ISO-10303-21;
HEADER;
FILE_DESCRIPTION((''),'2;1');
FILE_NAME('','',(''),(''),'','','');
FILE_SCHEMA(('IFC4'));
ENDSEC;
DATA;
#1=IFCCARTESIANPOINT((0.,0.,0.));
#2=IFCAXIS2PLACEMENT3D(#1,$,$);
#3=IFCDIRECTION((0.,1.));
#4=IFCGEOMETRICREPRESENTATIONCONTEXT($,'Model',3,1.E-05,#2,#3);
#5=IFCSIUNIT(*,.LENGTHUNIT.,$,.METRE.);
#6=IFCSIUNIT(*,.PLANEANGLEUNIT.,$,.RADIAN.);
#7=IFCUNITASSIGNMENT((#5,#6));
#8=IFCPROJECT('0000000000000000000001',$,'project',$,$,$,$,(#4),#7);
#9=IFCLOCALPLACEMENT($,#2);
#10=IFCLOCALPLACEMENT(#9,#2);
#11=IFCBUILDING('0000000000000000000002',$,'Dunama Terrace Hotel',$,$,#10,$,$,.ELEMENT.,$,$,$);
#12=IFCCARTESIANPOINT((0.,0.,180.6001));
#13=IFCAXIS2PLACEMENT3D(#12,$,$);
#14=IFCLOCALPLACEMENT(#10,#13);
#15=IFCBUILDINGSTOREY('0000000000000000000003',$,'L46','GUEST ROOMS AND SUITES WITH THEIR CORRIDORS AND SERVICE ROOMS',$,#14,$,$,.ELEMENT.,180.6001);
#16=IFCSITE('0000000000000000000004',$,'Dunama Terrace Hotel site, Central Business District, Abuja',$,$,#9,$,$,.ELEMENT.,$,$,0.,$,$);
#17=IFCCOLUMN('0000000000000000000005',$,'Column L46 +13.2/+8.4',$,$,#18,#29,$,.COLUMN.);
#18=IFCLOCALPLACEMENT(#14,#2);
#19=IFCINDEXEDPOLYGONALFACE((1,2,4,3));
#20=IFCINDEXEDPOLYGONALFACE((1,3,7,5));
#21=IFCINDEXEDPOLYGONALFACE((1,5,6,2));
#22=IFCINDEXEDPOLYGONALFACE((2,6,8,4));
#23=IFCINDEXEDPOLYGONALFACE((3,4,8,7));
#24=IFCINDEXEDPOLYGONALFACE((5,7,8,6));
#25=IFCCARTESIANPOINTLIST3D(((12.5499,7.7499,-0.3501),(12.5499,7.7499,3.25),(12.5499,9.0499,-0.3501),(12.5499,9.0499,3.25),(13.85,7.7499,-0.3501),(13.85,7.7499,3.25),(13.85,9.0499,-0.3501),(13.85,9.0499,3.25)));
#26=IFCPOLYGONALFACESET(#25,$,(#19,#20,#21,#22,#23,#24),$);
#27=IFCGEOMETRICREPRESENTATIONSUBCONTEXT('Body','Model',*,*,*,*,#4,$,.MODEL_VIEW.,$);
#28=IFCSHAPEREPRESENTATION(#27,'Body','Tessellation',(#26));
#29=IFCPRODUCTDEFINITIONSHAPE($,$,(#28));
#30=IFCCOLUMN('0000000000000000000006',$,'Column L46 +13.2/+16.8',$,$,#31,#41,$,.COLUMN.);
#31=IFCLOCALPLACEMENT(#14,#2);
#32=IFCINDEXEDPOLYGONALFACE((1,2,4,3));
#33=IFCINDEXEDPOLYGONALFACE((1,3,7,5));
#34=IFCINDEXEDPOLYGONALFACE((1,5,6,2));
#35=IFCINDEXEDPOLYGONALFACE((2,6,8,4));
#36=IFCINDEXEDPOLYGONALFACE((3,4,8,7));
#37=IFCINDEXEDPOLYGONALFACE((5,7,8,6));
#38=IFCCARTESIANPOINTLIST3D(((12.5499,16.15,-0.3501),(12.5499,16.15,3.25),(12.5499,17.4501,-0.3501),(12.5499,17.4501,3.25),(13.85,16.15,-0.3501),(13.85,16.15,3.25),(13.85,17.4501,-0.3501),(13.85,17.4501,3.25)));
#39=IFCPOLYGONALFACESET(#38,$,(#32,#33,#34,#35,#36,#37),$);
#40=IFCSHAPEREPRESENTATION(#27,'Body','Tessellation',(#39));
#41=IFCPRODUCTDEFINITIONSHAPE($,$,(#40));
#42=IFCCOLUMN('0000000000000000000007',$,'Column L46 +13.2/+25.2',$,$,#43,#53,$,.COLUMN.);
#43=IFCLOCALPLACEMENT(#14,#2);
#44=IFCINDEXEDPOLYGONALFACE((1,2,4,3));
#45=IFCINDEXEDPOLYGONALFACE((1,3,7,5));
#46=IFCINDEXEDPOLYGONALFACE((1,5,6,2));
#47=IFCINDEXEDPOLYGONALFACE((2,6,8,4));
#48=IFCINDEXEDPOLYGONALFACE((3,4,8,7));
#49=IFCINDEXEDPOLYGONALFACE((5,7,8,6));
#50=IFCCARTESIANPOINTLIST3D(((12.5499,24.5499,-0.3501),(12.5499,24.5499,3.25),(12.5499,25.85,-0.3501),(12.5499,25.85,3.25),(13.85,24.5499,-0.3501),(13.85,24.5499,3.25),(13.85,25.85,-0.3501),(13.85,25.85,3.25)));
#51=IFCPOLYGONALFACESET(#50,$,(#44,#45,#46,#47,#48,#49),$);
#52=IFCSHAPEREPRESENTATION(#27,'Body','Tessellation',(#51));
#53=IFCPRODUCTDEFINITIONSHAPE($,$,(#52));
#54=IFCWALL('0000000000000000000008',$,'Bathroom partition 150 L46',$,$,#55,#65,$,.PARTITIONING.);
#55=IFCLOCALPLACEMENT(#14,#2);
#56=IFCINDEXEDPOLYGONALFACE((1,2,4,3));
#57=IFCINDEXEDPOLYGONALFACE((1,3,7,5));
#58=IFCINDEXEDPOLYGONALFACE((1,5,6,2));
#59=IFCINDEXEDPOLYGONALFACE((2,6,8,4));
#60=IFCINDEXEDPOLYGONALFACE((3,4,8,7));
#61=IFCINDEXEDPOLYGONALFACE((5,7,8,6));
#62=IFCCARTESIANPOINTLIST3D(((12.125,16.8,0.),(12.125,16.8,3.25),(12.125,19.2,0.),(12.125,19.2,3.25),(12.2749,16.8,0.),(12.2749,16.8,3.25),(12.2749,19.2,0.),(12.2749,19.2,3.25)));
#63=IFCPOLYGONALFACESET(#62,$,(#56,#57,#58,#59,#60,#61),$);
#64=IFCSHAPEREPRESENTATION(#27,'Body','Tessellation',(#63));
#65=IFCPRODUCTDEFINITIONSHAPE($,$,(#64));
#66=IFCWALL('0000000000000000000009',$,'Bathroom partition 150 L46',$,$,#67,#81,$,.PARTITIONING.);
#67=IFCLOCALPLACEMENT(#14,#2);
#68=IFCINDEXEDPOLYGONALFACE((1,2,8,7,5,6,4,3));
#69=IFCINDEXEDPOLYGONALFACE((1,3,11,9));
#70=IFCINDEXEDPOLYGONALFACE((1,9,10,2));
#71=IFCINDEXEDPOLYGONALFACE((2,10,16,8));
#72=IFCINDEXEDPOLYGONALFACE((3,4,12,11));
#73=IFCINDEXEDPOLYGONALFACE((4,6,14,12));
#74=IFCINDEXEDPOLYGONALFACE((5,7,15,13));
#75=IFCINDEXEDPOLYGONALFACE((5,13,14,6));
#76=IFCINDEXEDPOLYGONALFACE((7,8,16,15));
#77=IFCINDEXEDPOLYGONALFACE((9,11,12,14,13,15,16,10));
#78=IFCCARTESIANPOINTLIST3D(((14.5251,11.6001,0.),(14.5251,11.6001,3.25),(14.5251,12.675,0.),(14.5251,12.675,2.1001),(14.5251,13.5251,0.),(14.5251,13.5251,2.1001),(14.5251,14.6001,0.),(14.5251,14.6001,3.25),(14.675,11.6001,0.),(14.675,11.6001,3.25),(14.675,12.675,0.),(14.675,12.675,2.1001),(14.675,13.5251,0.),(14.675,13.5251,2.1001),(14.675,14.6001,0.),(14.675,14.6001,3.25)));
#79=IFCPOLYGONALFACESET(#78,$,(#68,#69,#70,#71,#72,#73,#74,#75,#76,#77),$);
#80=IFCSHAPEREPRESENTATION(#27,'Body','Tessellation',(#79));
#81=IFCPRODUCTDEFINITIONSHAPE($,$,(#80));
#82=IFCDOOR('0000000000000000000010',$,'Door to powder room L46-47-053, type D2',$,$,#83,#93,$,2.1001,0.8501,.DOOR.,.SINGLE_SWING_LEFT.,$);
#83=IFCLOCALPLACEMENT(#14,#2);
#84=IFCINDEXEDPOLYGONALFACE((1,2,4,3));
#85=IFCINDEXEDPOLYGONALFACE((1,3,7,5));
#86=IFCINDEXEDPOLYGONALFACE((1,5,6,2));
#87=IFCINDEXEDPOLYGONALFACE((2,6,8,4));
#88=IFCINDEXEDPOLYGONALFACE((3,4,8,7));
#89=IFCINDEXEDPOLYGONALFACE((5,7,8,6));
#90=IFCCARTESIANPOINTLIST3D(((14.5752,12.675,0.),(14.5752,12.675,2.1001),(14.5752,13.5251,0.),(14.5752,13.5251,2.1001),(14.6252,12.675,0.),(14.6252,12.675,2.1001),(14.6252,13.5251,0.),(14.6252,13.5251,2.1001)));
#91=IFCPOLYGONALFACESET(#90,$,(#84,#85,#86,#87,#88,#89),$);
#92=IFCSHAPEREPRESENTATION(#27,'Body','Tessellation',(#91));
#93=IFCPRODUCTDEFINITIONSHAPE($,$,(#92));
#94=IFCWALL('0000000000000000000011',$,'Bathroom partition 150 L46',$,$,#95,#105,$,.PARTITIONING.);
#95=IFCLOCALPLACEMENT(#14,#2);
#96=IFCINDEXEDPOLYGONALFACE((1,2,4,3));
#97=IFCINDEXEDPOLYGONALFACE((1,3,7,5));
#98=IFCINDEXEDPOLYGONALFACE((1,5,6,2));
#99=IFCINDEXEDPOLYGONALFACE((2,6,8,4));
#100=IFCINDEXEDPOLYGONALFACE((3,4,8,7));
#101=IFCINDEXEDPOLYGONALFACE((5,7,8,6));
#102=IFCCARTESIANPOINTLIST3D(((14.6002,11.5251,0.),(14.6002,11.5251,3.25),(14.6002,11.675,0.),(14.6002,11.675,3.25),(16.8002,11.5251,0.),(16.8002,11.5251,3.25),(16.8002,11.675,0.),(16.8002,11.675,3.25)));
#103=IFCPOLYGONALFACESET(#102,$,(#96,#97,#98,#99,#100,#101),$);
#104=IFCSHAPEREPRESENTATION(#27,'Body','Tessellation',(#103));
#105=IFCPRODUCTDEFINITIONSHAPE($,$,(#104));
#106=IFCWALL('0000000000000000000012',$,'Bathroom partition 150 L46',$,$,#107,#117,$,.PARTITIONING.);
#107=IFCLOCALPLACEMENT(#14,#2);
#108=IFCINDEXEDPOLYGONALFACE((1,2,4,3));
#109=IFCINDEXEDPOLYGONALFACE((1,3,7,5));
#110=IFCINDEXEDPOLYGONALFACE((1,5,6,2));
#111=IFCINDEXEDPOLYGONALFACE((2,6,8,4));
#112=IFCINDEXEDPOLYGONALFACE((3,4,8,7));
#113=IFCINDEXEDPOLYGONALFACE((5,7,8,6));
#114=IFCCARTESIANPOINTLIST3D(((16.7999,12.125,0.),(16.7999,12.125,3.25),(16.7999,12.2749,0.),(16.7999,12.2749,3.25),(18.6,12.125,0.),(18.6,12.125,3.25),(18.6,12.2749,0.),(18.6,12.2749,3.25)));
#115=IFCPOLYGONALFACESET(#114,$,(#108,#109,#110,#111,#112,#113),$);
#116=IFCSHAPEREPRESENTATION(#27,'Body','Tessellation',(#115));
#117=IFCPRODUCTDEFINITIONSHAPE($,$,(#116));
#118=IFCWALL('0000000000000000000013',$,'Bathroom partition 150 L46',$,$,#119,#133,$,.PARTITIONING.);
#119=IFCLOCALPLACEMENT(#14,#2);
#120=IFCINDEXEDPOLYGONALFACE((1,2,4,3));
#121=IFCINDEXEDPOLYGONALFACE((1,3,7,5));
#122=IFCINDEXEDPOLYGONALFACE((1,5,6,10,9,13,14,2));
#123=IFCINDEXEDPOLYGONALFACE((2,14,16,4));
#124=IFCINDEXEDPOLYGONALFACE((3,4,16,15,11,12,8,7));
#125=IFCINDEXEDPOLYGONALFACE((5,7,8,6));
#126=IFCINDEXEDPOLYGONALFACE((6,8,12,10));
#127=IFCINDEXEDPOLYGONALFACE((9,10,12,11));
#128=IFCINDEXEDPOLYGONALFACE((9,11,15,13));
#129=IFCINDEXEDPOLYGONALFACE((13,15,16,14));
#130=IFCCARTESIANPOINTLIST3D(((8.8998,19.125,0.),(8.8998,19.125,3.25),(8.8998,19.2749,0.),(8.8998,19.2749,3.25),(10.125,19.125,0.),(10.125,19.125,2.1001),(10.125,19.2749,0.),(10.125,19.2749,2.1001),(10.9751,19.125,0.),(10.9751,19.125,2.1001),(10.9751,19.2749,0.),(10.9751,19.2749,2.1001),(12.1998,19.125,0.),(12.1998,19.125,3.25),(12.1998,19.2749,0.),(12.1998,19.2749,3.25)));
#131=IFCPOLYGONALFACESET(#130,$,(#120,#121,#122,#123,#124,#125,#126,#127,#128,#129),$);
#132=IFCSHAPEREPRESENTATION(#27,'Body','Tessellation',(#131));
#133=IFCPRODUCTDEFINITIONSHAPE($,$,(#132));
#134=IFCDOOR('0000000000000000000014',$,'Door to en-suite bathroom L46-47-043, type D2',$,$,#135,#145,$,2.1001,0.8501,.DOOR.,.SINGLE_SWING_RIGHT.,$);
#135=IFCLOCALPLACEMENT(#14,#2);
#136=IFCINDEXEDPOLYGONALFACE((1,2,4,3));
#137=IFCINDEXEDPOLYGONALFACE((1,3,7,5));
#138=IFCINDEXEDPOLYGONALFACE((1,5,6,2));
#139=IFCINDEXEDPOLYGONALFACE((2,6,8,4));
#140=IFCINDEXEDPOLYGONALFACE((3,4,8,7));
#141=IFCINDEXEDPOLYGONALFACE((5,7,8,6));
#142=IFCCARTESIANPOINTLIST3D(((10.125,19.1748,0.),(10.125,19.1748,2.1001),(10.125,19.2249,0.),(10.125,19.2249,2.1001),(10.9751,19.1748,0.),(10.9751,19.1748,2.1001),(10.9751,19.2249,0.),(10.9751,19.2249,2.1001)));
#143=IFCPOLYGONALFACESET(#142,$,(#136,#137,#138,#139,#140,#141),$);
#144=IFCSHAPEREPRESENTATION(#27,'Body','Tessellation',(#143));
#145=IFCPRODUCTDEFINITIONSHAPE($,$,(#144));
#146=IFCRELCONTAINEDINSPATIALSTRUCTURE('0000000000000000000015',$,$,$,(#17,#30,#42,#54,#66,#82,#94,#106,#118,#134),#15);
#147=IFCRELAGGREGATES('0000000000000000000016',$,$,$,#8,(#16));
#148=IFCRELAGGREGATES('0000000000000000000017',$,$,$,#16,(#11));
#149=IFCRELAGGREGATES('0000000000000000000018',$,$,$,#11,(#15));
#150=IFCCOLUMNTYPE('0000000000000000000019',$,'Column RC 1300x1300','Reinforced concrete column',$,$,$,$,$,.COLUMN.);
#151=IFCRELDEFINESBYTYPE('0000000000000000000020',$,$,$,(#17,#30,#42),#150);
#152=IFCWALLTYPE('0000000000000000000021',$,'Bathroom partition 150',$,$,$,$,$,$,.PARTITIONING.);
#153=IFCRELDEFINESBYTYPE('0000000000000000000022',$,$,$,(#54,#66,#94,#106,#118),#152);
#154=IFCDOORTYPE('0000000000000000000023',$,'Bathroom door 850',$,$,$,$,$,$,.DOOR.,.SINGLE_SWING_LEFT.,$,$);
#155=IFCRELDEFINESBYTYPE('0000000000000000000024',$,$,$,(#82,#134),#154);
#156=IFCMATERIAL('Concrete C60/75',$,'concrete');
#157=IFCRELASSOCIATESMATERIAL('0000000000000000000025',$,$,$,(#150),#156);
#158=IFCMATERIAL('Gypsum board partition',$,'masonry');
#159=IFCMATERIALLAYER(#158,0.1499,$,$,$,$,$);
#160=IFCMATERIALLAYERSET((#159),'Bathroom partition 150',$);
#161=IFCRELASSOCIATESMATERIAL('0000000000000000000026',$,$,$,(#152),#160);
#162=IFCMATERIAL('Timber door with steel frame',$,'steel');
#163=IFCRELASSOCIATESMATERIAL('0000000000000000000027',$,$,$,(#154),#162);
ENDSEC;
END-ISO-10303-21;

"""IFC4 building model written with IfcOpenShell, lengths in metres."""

from ifc_helpers import new_model, si_unit, direction, frame, frame_2d, origin, origin_2d, place, context, subcontext, project, spatial, rectangle, extrude, material, layer, layer_set, material_profile, profile_set, type_object, element, fill, save


model = new_model("IFC4")

# Units and contexts
model_context = context("Model", 3, precision=1e-05, world=origin(), true_north=direction((0.0, 1.0)))
body_context = subcontext(model_context, "Body", "Model", "MODEL_VIEW")
ifc_project = project(units=[si_unit("LENGTHUNIT", "METRE"), si_unit("PLANEANGLEUNIT", "RADIAN")], contexts=[model_context])

# Site, building, storey
site_placement = place(None, origin())
site = spatial("IfcSite", under=ifc_project, at=site_placement, Name="Dunama Terrace Hotel site, Central Business District, Abuja", CompositionType="ELEMENT", RefElevation=0.0)
building_placement = place(site_placement, origin())
building = spatial("IfcBuilding", under=site, at=building_placement, Name="Dunama Terrace Hotel", CompositionType="ELEMENT")
storey_placement = place(building_placement, frame((0.0, 0.0, 180.6001)))
storey = spatial("IfcBuildingStorey", under=building, at=storey_placement, Name="L46", Description="GUEST ROOMS AND SUITES WITH THEIR CORRIDORS AND SERVICE ROOMS", CompositionType="ELEMENT", Elevation=180.6001)

# Columns
ifc_material_1 = material(Name="Concrete C60/75", Category="concrete")
ifc_material_profile = material_profile(ifc_material_1, rectangle(XDim=1.3, YDim=1.3, at=origin_2d()), Name="RC 1300x1300")
ifc_profile_set = profile_set([ifc_material_profile], Name="Concrete C60/75")
column_type = type_object("IfcColumnType", Name="Column RC 1300x1300", Description="Reinforced concrete column", PredefinedType="COLUMN", material=ifc_profile_set)
for number, where, z_axis, x_axis, name in (
    (1, (13.2, 8.3999, -0.3501), (0.0, 0.0, 1.0), (1.0, 0.0, 0.0), "Column L46 +13.2/+8.4"),
    (2, (13.2, 16.8, -0.3501), (0.0, 0.0, 1.0), (1.0, 0.0, 0.0), "Column L46 +13.2/+16.8"),
    (3, (13.2, 25.2, -0.3501), (0.0, 0.0, 1.0), (1.0, 0.0, 0.0), "Column L46 +13.2/+25.2"),
):
    element("IfcColumn", number, at=place(storey_placement, frame(where, z_axis=z_axis, x_axis=x_axis)), inside=storey, type_object=column_type, Name=name, PredefinedType="COLUMN", context=body_context, shape_type="SweptSolid", body=[
        extrude(rectangle(XDim=1.3, YDim=1.3, at=origin_2d()), origin(), (0.0, 0.0, 1.0), 3.6001),
    ])

# Wall
ifc_material_2 = material(Name="Gypsum board partition", Category="masonry")
ifc_layer_1 = layer(ifc_material_2, 0.1499)
ifc_layer_set_1 = layer_set([ifc_layer_1], Name="Bathroom partition 150")
wall_type_1 = type_object("IfcWallType", Name="Bathroom partition 150", PredefinedType="PARTITIONING", material=ifc_layer_set_1)
wall_1_placement = place(storey_placement, frame((12.2, 16.8, 0.0), z_axis=(0.0, 0.0, 1.0), x_axis=(0.0, 1.0, 0.0)))
element("IfcWall", 4, at=wall_1_placement, inside=storey, type_object=wall_type_1, Name="Bathroom partition 150 L46", PredefinedType="PARTITIONING", context=body_context, shape_type="SweptSolid", body=[
    extrude(rectangle(XDim=2.3999, YDim=0.1499, at=frame_2d((1.2, 0.0))), origin(), (0.0, 0.0, 1.0), 3.25),
])

# Wall, opening, door
wall_2_placement = place(storey_placement, frame((14.6001, 11.6001, 0.0), z_axis=(0.0, 0.0, 1.0), x_axis=(0.0, 1.0, 0.0)))
wall_2 = element("IfcWall", 5, at=wall_2_placement, inside=storey, type_object=wall_type_1, Name="Bathroom partition 150 L46", PredefinedType="PARTITIONING", context=body_context, shape_type="SweptSolid", body=[
    extrude(rectangle(XDim=3.0, YDim=0.1499, at=frame_2d((1.5, 0.0))), origin(), (0.0, 0.0, 1.0), 3.25),
])
opening_1_placement = place(wall_2_placement, frame((1.075, 0.0, 0.0)))
opening_1 = element("IfcOpeningElement", 6, at=opening_1_placement, cuts=wall_2, PredefinedType="OPENING", context=body_context, shape_type="SweptSolid", body=[
    extrude(rectangle(XDim=0.8501, YDim=2.1001, at=frame_2d((0.425, 1.05))), frame((0.0, 0.085, 0.0), z_axis=(0.0, -1.0, 0.0), x_axis=(1.0, 0.0, 0.0)), (0.0, 0.0, 1.0), 0.1699),
])
ifc_material_3 = material(Name="Timber door with steel frame", Category="steel")
door_type_1 = type_object("IfcDoorType", Name="Bathroom door 850", OperationType="SINGLE_SWING_LEFT", PredefinedType="DOOR", material=ifc_material_3)
door_1_placement = place(opening_1_placement, frame((0.8501, 0.0, 0.0), z_axis=(0.0, 0.0, 1.0), x_axis=(-1.0, 0.0, 0.0)))
door_1 = element("IfcDoor", 7, at=door_1_placement, inside=storey, type_object=door_type_1, Name="Door to powder room L46-47-053, type D2", OperationType="SINGLE_SWING_LEFT", OverallHeight=2.1001, OverallWidth=0.8501, PredefinedType="DOOR", context=body_context, shape_type="SweptSolid", body=[
    extrude(rectangle(XDim=0.8501, YDim=2.1001, at=frame_2d((0.425, 1.05))), frame((0.0, 0.0251, 0.0), z_axis=(0.0, -1.0, 0.0), x_axis=(1.0, 0.0, 0.0)), (0.0, 0.0, 1.0), 0.05),
])
fill(opening_1, door_1)

# Walls
wall_3_placement = place(storey_placement, frame((14.6001, 11.6001, 0.0), z_axis=(0.0, 0.0, 1.0), x_axis=(1.0, 0.0, 0.0)))
element("IfcWall", 8, at=wall_3_placement, inside=storey, type_object=wall_type_1, Name="Bathroom partition 150 L46", PredefinedType="PARTITIONING", context=body_context, shape_type="SweptSolid", body=[
    extrude(rectangle(XDim=2.2, YDim=0.1499, at=frame_2d((1.1001, 0.0))), origin(), (0.0, 0.0, 1.0), 3.25),
])
wall_4_placement = place(storey_placement, frame((16.8, 12.2, 0.0), z_axis=(0.0, 0.0, 1.0), x_axis=(1.0, 0.0, 0.0)))
element("IfcWall", 9, at=wall_4_placement, inside=storey, type_object=wall_type_1, Name="Bathroom partition 150 L46", PredefinedType="PARTITIONING", context=body_context, shape_type="SweptSolid", body=[
    extrude(rectangle(XDim=1.8, YDim=0.1499, at=frame_2d((0.8999, 0.0))), origin(), (0.0, 0.0, 1.0), 3.25),
])

# Wall, opening, door
wall_5_placement = place(storey_placement, frame((8.8999, 19.2, 0.0), z_axis=(0.0, 0.0, 1.0), x_axis=(1.0, 0.0, 0.0)))
wall_5 = element("IfcWall", 10, at=wall_5_placement, inside=storey, type_object=wall_type_1, Name="Bathroom partition 150 L46", PredefinedType="PARTITIONING", context=body_context, shape_type="SweptSolid", body=[
    extrude(rectangle(XDim=3.3, YDim=0.1499, at=frame_2d((1.6499, 0.0))), origin(), (0.0, 0.0, 1.0), 3.25),
])
opening_2_placement = place(wall_5_placement, frame((1.2251, 0.0, 0.0)))
opening_2 = element("IfcOpeningElement", 11, at=opening_2_placement, cuts=wall_5, PredefinedType="OPENING", context=body_context, shape_type="SweptSolid", body=[
    extrude(rectangle(XDim=0.8501, YDim=2.1001, at=frame_2d((0.425, 1.05))), frame((0.0, 0.085, 0.0), z_axis=(0.0, -1.0, 0.0), x_axis=(1.0, 0.0, 0.0)), (0.0, 0.0, 1.0), 0.1699),
])
door_2_placement = place(opening_2_placement, frame((0.8501, 0.0, 0.0), z_axis=(0.0, 0.0, 1.0), x_axis=(-1.0, 0.0, 0.0)))
door_2 = element("IfcDoor", 12, at=door_2_placement, inside=storey, type_object=door_type_1, Name="Door to en-suite bathroom L46-47-043, type D2", OperationType="SINGLE_SWING_RIGHT", OverallHeight=2.1001, OverallWidth=0.8501, PredefinedType="DOOR", context=body_context, shape_type="SweptSolid", body=[
    extrude(rectangle(XDim=0.8501, YDim=2.1001, at=frame_2d((0.425, 1.05))), frame((0.0, 0.0251, 0.0), z_axis=(0.0, -1.0, 0.0), x_axis=(1.0, 0.0, 0.0)), (0.0, 0.0, 1.0), 0.05),
])
fill(opening_2, door_2)

save(model, "model.ifc")
